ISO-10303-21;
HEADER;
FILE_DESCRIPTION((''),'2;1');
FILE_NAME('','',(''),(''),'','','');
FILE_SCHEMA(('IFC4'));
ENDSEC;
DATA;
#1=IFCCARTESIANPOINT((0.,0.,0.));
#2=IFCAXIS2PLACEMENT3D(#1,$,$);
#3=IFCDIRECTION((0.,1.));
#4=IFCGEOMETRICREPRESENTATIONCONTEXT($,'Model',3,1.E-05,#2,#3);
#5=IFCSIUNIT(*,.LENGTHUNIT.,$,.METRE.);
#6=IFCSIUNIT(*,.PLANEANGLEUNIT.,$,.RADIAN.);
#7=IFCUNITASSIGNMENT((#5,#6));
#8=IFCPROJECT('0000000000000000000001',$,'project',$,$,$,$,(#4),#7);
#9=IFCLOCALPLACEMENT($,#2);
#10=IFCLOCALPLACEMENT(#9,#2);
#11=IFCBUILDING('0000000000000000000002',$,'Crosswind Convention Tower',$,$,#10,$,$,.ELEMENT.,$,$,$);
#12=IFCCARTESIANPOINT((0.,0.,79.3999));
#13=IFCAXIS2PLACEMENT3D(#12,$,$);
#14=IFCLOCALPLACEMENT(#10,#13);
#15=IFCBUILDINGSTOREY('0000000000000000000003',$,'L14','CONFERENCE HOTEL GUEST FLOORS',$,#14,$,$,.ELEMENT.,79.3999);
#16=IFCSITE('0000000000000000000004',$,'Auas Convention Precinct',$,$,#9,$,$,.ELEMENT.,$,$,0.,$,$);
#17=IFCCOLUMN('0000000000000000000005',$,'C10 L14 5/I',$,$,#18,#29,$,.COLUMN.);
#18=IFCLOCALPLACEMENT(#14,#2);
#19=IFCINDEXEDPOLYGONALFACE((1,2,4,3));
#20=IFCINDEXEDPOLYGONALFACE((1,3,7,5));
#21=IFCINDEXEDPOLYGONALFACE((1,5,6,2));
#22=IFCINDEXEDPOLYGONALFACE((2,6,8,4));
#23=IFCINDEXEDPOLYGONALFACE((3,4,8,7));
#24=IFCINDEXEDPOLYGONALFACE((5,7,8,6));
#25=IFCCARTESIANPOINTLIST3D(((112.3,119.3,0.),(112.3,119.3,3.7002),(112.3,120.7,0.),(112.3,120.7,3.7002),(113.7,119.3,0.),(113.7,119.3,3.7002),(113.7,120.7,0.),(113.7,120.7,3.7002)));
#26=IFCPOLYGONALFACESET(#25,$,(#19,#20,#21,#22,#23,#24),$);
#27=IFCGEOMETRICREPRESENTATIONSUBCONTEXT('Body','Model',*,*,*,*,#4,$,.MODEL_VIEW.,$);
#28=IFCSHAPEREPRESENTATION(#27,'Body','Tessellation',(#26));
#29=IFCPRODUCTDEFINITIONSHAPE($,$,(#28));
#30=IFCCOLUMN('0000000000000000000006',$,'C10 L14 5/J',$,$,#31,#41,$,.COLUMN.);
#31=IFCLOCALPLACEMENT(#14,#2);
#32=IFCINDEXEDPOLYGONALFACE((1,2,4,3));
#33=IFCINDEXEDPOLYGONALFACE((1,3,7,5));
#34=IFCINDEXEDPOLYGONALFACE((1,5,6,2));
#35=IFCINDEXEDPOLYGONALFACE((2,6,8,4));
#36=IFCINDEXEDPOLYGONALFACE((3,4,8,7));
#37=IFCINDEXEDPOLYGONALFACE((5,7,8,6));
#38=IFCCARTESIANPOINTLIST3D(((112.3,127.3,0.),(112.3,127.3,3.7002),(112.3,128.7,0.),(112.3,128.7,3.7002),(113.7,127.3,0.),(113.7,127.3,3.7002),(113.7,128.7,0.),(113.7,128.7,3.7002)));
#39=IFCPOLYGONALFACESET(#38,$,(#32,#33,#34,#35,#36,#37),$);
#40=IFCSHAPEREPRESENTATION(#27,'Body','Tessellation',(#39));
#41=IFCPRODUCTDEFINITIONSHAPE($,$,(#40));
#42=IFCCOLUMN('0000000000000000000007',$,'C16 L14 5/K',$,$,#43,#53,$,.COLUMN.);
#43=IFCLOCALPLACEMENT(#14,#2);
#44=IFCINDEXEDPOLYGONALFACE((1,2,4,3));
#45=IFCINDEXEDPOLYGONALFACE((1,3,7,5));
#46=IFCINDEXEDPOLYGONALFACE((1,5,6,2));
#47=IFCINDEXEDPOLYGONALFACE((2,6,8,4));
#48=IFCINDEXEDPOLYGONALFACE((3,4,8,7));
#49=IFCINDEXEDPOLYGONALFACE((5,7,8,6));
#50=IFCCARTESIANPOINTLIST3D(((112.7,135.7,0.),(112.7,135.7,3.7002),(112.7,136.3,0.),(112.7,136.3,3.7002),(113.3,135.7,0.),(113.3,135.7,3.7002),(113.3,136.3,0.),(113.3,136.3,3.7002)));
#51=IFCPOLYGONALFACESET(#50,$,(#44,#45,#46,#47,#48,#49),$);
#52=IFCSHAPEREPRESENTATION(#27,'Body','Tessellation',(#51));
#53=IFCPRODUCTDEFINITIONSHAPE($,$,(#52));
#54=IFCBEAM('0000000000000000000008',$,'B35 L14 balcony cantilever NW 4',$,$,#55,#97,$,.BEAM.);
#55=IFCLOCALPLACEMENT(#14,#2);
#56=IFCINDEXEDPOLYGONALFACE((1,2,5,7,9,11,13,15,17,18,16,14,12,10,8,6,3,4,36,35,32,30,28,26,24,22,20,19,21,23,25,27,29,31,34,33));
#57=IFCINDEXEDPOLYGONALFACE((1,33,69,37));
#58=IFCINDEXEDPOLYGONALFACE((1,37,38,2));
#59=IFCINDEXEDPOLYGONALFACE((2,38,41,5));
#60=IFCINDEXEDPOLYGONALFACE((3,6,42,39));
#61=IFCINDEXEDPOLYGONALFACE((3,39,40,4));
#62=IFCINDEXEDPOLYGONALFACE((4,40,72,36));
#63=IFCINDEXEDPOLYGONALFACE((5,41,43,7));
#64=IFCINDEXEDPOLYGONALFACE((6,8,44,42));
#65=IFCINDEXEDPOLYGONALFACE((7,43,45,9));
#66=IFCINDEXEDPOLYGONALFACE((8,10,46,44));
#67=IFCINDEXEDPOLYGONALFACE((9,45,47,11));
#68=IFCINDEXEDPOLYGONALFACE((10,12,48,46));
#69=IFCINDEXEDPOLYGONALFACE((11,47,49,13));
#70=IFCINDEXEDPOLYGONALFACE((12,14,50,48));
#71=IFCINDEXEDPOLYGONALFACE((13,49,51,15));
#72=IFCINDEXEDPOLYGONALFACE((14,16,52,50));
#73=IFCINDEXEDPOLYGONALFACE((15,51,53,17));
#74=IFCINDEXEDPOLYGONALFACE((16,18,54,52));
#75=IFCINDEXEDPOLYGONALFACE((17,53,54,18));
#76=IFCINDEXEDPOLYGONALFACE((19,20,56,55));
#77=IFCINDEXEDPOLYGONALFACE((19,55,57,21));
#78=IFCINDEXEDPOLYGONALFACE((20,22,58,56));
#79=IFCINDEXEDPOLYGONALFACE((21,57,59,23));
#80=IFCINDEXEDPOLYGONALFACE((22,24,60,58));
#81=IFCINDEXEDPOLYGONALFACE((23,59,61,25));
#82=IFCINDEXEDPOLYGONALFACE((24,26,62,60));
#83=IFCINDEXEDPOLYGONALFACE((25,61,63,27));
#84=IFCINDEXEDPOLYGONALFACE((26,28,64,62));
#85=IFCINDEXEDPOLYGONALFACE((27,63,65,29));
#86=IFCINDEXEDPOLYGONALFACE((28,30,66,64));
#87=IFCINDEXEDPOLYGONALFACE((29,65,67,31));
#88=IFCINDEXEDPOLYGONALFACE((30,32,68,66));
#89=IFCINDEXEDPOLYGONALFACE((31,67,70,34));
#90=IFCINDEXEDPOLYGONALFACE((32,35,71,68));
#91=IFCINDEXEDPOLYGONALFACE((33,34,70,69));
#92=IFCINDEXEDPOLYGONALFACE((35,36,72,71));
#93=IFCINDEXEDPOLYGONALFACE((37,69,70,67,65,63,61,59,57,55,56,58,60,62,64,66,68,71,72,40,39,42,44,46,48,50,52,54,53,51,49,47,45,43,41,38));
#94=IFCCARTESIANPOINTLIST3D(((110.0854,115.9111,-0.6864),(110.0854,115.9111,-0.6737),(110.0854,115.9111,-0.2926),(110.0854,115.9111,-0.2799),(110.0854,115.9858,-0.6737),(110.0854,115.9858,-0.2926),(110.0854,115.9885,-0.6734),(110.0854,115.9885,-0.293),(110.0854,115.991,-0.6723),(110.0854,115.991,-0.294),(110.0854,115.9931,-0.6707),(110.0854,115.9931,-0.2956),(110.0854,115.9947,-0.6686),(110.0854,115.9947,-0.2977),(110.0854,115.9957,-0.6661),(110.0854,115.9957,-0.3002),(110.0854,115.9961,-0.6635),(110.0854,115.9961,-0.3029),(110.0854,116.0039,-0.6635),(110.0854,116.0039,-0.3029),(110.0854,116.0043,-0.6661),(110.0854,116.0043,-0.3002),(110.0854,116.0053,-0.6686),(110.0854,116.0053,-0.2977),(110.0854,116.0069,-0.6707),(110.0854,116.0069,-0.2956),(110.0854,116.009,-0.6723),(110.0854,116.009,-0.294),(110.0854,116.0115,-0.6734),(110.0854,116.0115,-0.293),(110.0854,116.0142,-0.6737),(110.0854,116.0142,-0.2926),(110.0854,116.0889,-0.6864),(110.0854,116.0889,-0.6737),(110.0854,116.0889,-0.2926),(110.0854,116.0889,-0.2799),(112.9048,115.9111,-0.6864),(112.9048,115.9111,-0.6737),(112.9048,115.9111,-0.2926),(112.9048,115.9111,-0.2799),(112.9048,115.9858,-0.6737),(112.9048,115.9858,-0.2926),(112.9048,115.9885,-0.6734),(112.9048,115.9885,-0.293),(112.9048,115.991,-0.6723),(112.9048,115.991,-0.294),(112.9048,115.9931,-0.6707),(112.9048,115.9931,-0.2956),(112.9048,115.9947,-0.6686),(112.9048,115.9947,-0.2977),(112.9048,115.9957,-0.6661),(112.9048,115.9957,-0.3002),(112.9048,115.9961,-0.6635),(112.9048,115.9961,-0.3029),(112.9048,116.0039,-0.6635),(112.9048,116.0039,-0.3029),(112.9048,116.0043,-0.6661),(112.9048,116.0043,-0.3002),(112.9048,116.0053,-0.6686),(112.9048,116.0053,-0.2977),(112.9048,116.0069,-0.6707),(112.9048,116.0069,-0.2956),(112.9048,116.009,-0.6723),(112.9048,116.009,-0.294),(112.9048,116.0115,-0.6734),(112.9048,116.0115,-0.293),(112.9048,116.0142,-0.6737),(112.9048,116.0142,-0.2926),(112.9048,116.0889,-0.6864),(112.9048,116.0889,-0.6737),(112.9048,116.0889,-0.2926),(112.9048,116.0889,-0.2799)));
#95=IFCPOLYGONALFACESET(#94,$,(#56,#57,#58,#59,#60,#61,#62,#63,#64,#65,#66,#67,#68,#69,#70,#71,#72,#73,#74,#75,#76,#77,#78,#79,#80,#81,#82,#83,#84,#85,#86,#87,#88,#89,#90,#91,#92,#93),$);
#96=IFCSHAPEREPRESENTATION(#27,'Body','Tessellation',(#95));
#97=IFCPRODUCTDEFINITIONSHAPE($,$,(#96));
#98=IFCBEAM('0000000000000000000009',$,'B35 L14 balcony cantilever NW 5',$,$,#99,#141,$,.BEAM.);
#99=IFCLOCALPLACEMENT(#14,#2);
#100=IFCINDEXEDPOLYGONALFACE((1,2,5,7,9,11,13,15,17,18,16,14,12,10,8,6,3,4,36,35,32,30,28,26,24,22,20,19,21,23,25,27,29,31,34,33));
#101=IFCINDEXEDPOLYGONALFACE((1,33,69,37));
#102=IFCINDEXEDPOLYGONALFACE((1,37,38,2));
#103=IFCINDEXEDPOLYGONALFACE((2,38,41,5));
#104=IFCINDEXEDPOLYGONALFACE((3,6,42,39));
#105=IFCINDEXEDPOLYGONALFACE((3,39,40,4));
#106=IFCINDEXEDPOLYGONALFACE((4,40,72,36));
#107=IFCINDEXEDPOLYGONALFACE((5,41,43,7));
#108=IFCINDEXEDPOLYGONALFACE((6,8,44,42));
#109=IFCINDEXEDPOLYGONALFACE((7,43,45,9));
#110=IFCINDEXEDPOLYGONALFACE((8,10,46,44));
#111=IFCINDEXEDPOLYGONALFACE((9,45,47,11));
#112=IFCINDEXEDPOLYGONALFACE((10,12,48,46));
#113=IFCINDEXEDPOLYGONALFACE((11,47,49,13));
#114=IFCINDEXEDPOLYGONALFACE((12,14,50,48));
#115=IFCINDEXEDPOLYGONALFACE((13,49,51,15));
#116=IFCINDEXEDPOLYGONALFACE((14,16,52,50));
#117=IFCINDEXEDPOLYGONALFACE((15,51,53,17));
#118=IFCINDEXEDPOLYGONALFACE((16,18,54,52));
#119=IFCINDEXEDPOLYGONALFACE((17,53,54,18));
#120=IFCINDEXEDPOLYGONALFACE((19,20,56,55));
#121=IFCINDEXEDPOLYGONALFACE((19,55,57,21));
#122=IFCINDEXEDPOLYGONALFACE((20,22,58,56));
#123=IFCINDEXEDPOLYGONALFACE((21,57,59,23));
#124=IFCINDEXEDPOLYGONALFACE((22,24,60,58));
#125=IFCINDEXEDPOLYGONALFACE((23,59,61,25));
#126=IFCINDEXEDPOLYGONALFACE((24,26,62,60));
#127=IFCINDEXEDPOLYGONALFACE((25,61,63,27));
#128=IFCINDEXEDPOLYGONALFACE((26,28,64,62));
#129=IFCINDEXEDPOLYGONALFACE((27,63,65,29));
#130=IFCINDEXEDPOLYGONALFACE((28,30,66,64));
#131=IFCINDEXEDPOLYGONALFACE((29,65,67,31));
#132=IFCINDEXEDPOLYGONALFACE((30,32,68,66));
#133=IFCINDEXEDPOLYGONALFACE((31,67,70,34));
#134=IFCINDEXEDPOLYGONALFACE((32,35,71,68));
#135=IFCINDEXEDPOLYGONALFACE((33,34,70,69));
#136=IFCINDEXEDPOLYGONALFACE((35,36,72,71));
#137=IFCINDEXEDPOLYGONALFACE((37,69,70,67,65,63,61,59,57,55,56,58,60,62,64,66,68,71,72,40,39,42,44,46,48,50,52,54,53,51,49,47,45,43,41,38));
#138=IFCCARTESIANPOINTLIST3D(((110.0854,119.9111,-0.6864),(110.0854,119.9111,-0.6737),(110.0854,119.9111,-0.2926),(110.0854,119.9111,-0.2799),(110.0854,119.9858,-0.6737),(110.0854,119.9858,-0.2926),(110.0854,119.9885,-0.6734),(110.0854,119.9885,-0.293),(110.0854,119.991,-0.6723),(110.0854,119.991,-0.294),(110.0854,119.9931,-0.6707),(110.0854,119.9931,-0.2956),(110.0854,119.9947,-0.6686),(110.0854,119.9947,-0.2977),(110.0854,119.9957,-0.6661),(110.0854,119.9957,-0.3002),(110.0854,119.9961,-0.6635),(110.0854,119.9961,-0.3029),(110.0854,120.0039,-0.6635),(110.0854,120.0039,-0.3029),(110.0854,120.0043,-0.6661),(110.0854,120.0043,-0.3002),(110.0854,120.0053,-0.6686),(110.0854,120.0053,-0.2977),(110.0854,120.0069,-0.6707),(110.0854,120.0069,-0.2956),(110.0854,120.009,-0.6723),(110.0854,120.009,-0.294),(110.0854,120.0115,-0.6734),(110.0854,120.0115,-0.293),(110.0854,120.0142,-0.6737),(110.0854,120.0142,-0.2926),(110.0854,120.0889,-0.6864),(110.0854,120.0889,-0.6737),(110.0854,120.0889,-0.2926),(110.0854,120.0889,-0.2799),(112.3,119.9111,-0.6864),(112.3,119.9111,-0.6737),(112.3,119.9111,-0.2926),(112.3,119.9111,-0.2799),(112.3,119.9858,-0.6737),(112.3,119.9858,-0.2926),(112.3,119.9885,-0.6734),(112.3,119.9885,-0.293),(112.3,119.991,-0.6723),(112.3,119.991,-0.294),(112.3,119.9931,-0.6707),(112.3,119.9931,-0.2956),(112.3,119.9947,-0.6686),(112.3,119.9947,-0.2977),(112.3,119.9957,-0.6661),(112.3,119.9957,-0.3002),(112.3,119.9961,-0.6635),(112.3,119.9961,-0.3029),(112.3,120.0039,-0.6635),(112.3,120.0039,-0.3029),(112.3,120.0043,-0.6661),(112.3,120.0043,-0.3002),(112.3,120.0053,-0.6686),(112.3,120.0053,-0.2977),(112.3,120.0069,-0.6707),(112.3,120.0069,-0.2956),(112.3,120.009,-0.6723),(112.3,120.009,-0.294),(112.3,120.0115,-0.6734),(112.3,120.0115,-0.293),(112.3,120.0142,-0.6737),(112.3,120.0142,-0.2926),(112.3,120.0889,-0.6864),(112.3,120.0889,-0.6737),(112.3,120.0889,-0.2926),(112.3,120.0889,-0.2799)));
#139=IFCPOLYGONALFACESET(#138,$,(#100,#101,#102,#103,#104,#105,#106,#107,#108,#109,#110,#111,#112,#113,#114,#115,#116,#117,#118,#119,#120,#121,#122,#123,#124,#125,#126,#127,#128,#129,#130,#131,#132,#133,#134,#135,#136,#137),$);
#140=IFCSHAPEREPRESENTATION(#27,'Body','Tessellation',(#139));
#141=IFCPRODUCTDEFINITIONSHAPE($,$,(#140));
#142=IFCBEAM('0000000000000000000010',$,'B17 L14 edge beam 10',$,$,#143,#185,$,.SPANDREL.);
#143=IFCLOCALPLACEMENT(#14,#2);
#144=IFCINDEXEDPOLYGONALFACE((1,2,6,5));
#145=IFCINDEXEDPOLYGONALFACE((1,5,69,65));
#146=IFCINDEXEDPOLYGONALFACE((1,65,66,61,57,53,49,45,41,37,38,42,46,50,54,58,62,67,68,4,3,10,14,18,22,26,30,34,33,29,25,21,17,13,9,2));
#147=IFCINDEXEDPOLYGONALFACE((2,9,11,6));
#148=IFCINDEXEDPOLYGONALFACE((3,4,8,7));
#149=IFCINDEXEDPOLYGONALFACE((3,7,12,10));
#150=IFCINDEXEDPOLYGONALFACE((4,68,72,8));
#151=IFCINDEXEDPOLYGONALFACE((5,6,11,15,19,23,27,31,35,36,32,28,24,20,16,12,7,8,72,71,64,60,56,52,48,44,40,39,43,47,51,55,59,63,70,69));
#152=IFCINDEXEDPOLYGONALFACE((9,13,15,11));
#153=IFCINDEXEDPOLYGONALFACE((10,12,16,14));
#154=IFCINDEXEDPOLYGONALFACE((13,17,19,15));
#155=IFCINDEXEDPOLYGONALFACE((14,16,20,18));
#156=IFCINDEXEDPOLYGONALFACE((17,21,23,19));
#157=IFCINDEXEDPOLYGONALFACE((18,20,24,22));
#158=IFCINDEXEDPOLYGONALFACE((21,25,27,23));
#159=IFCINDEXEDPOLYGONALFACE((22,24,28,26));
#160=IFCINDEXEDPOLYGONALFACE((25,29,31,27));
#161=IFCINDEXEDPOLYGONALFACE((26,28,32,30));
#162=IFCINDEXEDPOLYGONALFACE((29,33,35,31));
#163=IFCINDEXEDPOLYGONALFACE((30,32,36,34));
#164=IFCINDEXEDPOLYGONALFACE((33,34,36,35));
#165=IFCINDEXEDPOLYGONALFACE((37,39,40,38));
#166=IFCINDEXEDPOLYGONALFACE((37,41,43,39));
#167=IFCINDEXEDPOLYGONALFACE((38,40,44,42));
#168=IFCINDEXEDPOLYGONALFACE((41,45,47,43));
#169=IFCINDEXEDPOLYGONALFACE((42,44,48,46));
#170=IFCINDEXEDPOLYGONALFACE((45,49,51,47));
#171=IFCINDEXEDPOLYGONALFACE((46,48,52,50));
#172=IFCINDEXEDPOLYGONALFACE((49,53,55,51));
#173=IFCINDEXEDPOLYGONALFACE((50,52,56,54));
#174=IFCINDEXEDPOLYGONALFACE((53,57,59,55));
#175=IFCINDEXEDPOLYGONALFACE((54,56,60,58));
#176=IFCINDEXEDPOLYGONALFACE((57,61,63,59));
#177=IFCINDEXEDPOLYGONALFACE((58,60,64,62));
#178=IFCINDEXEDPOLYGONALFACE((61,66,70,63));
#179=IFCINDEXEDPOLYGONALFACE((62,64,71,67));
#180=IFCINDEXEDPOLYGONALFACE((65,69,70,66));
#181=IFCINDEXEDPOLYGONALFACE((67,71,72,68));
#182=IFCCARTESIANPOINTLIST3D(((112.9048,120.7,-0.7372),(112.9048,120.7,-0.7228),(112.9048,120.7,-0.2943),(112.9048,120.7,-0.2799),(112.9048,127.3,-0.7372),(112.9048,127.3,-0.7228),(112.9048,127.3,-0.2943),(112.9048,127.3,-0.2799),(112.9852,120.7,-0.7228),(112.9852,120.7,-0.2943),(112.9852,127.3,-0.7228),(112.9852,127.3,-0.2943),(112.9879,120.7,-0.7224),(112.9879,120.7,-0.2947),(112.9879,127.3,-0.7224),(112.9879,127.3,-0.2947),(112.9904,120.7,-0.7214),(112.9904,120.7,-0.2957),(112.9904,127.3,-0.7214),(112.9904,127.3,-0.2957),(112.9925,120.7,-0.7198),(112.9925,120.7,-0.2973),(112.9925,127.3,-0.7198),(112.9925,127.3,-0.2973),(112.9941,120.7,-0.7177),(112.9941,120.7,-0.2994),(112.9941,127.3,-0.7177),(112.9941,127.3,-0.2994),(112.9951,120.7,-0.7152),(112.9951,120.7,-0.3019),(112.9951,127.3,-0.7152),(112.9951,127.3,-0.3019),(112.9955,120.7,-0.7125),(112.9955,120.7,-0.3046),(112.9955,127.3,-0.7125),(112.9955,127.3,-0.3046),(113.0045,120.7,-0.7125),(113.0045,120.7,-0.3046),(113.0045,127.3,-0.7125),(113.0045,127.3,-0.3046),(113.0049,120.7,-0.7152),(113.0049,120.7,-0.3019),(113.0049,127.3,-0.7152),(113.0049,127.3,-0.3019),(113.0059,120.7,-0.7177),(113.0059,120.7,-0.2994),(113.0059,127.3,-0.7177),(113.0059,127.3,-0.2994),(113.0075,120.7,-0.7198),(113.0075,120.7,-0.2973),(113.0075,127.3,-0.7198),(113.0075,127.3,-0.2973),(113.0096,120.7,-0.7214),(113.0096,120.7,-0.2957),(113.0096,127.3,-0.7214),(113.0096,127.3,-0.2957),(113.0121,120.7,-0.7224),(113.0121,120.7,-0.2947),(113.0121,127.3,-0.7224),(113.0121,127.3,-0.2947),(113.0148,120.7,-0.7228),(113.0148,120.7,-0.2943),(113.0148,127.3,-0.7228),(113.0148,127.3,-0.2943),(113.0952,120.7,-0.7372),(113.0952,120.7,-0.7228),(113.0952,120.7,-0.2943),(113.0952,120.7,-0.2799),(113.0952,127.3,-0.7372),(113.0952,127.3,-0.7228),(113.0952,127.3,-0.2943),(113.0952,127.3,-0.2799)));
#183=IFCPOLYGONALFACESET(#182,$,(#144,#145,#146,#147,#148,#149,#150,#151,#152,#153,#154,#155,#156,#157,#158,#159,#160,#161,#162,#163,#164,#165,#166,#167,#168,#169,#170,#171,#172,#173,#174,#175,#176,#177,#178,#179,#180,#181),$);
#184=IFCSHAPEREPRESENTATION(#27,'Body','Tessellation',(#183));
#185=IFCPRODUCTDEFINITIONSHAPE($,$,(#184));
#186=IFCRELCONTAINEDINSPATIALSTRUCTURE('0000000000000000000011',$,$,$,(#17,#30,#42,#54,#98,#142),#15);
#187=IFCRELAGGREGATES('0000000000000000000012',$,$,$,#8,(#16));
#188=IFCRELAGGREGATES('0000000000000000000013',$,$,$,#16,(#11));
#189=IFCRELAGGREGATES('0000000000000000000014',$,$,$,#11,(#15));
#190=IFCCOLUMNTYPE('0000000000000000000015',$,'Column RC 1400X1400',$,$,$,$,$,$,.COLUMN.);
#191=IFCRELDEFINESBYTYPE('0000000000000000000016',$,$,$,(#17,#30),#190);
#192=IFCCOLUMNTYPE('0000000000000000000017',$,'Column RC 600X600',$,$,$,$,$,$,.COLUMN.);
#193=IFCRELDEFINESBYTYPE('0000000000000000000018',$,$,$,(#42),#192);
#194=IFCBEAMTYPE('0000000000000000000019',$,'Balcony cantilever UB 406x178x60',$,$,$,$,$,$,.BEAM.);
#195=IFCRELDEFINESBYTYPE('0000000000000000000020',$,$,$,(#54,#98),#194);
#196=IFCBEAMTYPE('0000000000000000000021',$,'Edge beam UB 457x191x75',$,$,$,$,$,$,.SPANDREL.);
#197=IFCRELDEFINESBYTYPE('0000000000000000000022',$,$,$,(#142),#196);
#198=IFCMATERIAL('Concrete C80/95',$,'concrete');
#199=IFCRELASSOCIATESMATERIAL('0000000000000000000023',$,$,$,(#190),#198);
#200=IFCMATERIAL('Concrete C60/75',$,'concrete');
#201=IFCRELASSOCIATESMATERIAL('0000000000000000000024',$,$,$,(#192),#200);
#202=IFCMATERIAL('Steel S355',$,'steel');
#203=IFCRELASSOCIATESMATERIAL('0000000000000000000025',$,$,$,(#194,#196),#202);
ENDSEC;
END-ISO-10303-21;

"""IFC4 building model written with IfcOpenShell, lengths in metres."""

from ifc_helpers import new_model, si_unit, direction, frame, origin, origin_2d, place, context, subcontext, project, spatial, rectangle, i_section, extrude, material, material_profile, profile_set, type_object, element, save


model = new_model("IFC4")

# Units and contexts
model_context = context("Model", 3, precision=1e-05, world=origin(), true_north=direction((0.0, 1.0)))
body_context = subcontext(model_context, "Body", "Model", "MODEL_VIEW")
ifc_project = project(units=[si_unit("LENGTHUNIT", "METRE"), si_unit("PLANEANGLEUNIT", "RADIAN")], contexts=[model_context])

# Site, building, storey
site_placement = place(None, origin())
site = spatial("IfcSite", under=ifc_project, at=site_placement, Name="Auas Convention Precinct", CompositionType="ELEMENT", RefElevation=0.0)
building_placement = place(site_placement, origin())
building = spatial("IfcBuilding", under=site, at=building_placement, Name="Crosswind Convention Tower", CompositionType="ELEMENT")
storey_placement = place(building_placement, frame((0.0, 0.0, 79.3999)))
storey = spatial("IfcBuildingStorey", under=building, at=storey_placement, Name="L14", Description="CONFERENCE HOTEL GUEST FLOORS", CompositionType="ELEMENT", Elevation=79.3999)

# Columns
ifc_material_1 = material(Name="Concrete C80/95", Category="concrete")
ifc_material_profile_1 = material_profile(ifc_material_1, rectangle(XDim=1.3999, YDim=1.3999, at=origin_2d()), Name="RC 1400X1400")
ifc_profile_set_1 = profile_set([ifc_material_profile_1], Name="Concrete C80/95")
column_type_1 = type_object("IfcColumnType", Name="Column RC 1400X1400", PredefinedType="COLUMN", material=ifc_profile_set_1)
for number, where, z_axis, x_axis, name in (
    (1, (113.0, 120.0, 0.0), (0.0, 0.0, 1.0), (1.0, 0.0, 0.0), "C10 L14 5/I"),
    (2, (113.0, 128.0, 0.0), (0.0, 0.0, 1.0), (1.0, 0.0, 0.0), "C10 L14 5/J"),
):
    element("IfcColumn", number, at=place(storey_placement, frame(where, z_axis=z_axis, x_axis=x_axis)), inside=storey, type_object=column_type_1, Name=name, PredefinedType="COLUMN", context=body_context, shape_type="SweptSolid", body=[
        extrude(rectangle(XDim=1.3999, YDim=1.3999, at=origin_2d()), origin(), (0.0, 0.0, 1.0), 3.7002),
    ])
ifc_material_2 = material(Name="Concrete C60/75", Category="concrete")
ifc_material_profile_2 = material_profile(ifc_material_2, rectangle(XDim=0.6001, YDim=0.6001, at=origin_2d()), Name="RC 600X600")
ifc_profile_set_2 = profile_set([ifc_material_profile_2], Name="Concrete C60/75")
column_type_2 = type_object("IfcColumnType", Name="Column RC 600X600", PredefinedType="COLUMN", material=ifc_profile_set_2)
column_placement = place(storey_placement, frame((113.0, 136.0, 0.0), z_axis=(0.0, 0.0, 1.0), x_axis=(1.0, 0.0, 0.0)))
element("IfcColumn", 3, at=column_placement, inside=storey, type_object=column_type_2, Name="C16 L14 5/K", PredefinedType="COLUMN", context=body_context, shape_type="SweptSolid", body=[
    extrude(rectangle(XDim=0.6001, YDim=0.6001, at=origin_2d()), origin(), (0.0, 0.0, 1.0), 3.7002),
])

# Beams
ifc_material_3 = material(Name="Steel S355", Category="steel")
ifc_material_profile_3 = material_profile(ifc_material_3, i_section(OverallWidth=0.1777, OverallDepth=0.4065, WebThickness=0.0078, FlangeThickness=0.0127, FilletRadius=0.0103, at=origin_2d()), Name="UB 406x178x60")
ifc_profile_set_3 = profile_set([ifc_material_profile_3], Name="Steel S355")
beam_type_1 = type_object("IfcBeamType", Name="Balcony cantilever UB 406x178x60", PredefinedType="BEAM", material=ifc_profile_set_3)
beam_1_placement = place(storey_placement, frame((112.9048, 116.0, -0.4832), z_axis=(-1.0, 0.0, 0.0), x_axis=(0.0, -1.0, 0.0)))
element("IfcBeam", 4, at=beam_1_placement, inside=storey, type_object=beam_type_1, Name="B35 L14 balcony cantilever NW 4", PredefinedType="BEAM", context=body_context, shape_type="SweptSolid", body=[
    extrude(i_section(OverallWidth=0.1777, OverallDepth=0.4065, WebThickness=0.0078, FlangeThickness=0.0127, FilletRadius=0.0103, at=origin_2d()), origin(), (0.0, 0.0, 1.0), 2.8193),
])
beam_2_placement = place(storey_placement, frame((112.3, 120.0, -0.4832), z_axis=(-1.0, 0.0, 0.0), x_axis=(0.0, -1.0, 0.0)))
element("IfcBeam", 5, at=beam_2_placement, inside=storey, type_object=beam_type_1, Name="B35 L14 balcony cantilever NW 5", PredefinedType="BEAM", context=body_context, shape_type="SweptSolid", body=[
    extrude(i_section(OverallWidth=0.1777, OverallDepth=0.4065, WebThickness=0.0078, FlangeThickness=0.0127, FilletRadius=0.0103, at=origin_2d()), origin(), (0.0, 0.0, 1.0), 2.2146),
])
ifc_material_profile_4 = material_profile(ifc_material_3, i_section(OverallWidth=0.1904, OverallDepth=0.4573, WebThickness=0.009, FlangeThickness=0.0144, FilletRadius=0.0103, at=origin_2d()), Name="UB 457x191x75")
ifc_profile_set_4 = profile_set([ifc_material_profile_4], Name="Steel S355")
beam_type_2 = type_object("IfcBeamType", Name="Edge beam UB 457x191x75", PredefinedType="SPANDREL", material=ifc_profile_set_4)
beam_3_placement = place(storey_placement, frame((113.0, 120.7, -0.5085), z_axis=(0.0, 1.0, 0.0), x_axis=(-1.0, 0.0, 0.0)))
element("IfcBeam", 6, at=beam_3_placement, inside=storey, type_object=beam_type_2, Name="B17 L14 edge beam 10", PredefinedType="SPANDREL", context=body_context, shape_type="SweptSolid", body=[
    extrude(i_section(OverallWidth=0.1904, OverallDepth=0.4573, WebThickness=0.009, FlangeThickness=0.0144, FilletRadius=0.0103, at=origin_2d()), origin(), (0.0, 0.0, 1.0), 6.6001),
])

save(model, "model.ifc")
